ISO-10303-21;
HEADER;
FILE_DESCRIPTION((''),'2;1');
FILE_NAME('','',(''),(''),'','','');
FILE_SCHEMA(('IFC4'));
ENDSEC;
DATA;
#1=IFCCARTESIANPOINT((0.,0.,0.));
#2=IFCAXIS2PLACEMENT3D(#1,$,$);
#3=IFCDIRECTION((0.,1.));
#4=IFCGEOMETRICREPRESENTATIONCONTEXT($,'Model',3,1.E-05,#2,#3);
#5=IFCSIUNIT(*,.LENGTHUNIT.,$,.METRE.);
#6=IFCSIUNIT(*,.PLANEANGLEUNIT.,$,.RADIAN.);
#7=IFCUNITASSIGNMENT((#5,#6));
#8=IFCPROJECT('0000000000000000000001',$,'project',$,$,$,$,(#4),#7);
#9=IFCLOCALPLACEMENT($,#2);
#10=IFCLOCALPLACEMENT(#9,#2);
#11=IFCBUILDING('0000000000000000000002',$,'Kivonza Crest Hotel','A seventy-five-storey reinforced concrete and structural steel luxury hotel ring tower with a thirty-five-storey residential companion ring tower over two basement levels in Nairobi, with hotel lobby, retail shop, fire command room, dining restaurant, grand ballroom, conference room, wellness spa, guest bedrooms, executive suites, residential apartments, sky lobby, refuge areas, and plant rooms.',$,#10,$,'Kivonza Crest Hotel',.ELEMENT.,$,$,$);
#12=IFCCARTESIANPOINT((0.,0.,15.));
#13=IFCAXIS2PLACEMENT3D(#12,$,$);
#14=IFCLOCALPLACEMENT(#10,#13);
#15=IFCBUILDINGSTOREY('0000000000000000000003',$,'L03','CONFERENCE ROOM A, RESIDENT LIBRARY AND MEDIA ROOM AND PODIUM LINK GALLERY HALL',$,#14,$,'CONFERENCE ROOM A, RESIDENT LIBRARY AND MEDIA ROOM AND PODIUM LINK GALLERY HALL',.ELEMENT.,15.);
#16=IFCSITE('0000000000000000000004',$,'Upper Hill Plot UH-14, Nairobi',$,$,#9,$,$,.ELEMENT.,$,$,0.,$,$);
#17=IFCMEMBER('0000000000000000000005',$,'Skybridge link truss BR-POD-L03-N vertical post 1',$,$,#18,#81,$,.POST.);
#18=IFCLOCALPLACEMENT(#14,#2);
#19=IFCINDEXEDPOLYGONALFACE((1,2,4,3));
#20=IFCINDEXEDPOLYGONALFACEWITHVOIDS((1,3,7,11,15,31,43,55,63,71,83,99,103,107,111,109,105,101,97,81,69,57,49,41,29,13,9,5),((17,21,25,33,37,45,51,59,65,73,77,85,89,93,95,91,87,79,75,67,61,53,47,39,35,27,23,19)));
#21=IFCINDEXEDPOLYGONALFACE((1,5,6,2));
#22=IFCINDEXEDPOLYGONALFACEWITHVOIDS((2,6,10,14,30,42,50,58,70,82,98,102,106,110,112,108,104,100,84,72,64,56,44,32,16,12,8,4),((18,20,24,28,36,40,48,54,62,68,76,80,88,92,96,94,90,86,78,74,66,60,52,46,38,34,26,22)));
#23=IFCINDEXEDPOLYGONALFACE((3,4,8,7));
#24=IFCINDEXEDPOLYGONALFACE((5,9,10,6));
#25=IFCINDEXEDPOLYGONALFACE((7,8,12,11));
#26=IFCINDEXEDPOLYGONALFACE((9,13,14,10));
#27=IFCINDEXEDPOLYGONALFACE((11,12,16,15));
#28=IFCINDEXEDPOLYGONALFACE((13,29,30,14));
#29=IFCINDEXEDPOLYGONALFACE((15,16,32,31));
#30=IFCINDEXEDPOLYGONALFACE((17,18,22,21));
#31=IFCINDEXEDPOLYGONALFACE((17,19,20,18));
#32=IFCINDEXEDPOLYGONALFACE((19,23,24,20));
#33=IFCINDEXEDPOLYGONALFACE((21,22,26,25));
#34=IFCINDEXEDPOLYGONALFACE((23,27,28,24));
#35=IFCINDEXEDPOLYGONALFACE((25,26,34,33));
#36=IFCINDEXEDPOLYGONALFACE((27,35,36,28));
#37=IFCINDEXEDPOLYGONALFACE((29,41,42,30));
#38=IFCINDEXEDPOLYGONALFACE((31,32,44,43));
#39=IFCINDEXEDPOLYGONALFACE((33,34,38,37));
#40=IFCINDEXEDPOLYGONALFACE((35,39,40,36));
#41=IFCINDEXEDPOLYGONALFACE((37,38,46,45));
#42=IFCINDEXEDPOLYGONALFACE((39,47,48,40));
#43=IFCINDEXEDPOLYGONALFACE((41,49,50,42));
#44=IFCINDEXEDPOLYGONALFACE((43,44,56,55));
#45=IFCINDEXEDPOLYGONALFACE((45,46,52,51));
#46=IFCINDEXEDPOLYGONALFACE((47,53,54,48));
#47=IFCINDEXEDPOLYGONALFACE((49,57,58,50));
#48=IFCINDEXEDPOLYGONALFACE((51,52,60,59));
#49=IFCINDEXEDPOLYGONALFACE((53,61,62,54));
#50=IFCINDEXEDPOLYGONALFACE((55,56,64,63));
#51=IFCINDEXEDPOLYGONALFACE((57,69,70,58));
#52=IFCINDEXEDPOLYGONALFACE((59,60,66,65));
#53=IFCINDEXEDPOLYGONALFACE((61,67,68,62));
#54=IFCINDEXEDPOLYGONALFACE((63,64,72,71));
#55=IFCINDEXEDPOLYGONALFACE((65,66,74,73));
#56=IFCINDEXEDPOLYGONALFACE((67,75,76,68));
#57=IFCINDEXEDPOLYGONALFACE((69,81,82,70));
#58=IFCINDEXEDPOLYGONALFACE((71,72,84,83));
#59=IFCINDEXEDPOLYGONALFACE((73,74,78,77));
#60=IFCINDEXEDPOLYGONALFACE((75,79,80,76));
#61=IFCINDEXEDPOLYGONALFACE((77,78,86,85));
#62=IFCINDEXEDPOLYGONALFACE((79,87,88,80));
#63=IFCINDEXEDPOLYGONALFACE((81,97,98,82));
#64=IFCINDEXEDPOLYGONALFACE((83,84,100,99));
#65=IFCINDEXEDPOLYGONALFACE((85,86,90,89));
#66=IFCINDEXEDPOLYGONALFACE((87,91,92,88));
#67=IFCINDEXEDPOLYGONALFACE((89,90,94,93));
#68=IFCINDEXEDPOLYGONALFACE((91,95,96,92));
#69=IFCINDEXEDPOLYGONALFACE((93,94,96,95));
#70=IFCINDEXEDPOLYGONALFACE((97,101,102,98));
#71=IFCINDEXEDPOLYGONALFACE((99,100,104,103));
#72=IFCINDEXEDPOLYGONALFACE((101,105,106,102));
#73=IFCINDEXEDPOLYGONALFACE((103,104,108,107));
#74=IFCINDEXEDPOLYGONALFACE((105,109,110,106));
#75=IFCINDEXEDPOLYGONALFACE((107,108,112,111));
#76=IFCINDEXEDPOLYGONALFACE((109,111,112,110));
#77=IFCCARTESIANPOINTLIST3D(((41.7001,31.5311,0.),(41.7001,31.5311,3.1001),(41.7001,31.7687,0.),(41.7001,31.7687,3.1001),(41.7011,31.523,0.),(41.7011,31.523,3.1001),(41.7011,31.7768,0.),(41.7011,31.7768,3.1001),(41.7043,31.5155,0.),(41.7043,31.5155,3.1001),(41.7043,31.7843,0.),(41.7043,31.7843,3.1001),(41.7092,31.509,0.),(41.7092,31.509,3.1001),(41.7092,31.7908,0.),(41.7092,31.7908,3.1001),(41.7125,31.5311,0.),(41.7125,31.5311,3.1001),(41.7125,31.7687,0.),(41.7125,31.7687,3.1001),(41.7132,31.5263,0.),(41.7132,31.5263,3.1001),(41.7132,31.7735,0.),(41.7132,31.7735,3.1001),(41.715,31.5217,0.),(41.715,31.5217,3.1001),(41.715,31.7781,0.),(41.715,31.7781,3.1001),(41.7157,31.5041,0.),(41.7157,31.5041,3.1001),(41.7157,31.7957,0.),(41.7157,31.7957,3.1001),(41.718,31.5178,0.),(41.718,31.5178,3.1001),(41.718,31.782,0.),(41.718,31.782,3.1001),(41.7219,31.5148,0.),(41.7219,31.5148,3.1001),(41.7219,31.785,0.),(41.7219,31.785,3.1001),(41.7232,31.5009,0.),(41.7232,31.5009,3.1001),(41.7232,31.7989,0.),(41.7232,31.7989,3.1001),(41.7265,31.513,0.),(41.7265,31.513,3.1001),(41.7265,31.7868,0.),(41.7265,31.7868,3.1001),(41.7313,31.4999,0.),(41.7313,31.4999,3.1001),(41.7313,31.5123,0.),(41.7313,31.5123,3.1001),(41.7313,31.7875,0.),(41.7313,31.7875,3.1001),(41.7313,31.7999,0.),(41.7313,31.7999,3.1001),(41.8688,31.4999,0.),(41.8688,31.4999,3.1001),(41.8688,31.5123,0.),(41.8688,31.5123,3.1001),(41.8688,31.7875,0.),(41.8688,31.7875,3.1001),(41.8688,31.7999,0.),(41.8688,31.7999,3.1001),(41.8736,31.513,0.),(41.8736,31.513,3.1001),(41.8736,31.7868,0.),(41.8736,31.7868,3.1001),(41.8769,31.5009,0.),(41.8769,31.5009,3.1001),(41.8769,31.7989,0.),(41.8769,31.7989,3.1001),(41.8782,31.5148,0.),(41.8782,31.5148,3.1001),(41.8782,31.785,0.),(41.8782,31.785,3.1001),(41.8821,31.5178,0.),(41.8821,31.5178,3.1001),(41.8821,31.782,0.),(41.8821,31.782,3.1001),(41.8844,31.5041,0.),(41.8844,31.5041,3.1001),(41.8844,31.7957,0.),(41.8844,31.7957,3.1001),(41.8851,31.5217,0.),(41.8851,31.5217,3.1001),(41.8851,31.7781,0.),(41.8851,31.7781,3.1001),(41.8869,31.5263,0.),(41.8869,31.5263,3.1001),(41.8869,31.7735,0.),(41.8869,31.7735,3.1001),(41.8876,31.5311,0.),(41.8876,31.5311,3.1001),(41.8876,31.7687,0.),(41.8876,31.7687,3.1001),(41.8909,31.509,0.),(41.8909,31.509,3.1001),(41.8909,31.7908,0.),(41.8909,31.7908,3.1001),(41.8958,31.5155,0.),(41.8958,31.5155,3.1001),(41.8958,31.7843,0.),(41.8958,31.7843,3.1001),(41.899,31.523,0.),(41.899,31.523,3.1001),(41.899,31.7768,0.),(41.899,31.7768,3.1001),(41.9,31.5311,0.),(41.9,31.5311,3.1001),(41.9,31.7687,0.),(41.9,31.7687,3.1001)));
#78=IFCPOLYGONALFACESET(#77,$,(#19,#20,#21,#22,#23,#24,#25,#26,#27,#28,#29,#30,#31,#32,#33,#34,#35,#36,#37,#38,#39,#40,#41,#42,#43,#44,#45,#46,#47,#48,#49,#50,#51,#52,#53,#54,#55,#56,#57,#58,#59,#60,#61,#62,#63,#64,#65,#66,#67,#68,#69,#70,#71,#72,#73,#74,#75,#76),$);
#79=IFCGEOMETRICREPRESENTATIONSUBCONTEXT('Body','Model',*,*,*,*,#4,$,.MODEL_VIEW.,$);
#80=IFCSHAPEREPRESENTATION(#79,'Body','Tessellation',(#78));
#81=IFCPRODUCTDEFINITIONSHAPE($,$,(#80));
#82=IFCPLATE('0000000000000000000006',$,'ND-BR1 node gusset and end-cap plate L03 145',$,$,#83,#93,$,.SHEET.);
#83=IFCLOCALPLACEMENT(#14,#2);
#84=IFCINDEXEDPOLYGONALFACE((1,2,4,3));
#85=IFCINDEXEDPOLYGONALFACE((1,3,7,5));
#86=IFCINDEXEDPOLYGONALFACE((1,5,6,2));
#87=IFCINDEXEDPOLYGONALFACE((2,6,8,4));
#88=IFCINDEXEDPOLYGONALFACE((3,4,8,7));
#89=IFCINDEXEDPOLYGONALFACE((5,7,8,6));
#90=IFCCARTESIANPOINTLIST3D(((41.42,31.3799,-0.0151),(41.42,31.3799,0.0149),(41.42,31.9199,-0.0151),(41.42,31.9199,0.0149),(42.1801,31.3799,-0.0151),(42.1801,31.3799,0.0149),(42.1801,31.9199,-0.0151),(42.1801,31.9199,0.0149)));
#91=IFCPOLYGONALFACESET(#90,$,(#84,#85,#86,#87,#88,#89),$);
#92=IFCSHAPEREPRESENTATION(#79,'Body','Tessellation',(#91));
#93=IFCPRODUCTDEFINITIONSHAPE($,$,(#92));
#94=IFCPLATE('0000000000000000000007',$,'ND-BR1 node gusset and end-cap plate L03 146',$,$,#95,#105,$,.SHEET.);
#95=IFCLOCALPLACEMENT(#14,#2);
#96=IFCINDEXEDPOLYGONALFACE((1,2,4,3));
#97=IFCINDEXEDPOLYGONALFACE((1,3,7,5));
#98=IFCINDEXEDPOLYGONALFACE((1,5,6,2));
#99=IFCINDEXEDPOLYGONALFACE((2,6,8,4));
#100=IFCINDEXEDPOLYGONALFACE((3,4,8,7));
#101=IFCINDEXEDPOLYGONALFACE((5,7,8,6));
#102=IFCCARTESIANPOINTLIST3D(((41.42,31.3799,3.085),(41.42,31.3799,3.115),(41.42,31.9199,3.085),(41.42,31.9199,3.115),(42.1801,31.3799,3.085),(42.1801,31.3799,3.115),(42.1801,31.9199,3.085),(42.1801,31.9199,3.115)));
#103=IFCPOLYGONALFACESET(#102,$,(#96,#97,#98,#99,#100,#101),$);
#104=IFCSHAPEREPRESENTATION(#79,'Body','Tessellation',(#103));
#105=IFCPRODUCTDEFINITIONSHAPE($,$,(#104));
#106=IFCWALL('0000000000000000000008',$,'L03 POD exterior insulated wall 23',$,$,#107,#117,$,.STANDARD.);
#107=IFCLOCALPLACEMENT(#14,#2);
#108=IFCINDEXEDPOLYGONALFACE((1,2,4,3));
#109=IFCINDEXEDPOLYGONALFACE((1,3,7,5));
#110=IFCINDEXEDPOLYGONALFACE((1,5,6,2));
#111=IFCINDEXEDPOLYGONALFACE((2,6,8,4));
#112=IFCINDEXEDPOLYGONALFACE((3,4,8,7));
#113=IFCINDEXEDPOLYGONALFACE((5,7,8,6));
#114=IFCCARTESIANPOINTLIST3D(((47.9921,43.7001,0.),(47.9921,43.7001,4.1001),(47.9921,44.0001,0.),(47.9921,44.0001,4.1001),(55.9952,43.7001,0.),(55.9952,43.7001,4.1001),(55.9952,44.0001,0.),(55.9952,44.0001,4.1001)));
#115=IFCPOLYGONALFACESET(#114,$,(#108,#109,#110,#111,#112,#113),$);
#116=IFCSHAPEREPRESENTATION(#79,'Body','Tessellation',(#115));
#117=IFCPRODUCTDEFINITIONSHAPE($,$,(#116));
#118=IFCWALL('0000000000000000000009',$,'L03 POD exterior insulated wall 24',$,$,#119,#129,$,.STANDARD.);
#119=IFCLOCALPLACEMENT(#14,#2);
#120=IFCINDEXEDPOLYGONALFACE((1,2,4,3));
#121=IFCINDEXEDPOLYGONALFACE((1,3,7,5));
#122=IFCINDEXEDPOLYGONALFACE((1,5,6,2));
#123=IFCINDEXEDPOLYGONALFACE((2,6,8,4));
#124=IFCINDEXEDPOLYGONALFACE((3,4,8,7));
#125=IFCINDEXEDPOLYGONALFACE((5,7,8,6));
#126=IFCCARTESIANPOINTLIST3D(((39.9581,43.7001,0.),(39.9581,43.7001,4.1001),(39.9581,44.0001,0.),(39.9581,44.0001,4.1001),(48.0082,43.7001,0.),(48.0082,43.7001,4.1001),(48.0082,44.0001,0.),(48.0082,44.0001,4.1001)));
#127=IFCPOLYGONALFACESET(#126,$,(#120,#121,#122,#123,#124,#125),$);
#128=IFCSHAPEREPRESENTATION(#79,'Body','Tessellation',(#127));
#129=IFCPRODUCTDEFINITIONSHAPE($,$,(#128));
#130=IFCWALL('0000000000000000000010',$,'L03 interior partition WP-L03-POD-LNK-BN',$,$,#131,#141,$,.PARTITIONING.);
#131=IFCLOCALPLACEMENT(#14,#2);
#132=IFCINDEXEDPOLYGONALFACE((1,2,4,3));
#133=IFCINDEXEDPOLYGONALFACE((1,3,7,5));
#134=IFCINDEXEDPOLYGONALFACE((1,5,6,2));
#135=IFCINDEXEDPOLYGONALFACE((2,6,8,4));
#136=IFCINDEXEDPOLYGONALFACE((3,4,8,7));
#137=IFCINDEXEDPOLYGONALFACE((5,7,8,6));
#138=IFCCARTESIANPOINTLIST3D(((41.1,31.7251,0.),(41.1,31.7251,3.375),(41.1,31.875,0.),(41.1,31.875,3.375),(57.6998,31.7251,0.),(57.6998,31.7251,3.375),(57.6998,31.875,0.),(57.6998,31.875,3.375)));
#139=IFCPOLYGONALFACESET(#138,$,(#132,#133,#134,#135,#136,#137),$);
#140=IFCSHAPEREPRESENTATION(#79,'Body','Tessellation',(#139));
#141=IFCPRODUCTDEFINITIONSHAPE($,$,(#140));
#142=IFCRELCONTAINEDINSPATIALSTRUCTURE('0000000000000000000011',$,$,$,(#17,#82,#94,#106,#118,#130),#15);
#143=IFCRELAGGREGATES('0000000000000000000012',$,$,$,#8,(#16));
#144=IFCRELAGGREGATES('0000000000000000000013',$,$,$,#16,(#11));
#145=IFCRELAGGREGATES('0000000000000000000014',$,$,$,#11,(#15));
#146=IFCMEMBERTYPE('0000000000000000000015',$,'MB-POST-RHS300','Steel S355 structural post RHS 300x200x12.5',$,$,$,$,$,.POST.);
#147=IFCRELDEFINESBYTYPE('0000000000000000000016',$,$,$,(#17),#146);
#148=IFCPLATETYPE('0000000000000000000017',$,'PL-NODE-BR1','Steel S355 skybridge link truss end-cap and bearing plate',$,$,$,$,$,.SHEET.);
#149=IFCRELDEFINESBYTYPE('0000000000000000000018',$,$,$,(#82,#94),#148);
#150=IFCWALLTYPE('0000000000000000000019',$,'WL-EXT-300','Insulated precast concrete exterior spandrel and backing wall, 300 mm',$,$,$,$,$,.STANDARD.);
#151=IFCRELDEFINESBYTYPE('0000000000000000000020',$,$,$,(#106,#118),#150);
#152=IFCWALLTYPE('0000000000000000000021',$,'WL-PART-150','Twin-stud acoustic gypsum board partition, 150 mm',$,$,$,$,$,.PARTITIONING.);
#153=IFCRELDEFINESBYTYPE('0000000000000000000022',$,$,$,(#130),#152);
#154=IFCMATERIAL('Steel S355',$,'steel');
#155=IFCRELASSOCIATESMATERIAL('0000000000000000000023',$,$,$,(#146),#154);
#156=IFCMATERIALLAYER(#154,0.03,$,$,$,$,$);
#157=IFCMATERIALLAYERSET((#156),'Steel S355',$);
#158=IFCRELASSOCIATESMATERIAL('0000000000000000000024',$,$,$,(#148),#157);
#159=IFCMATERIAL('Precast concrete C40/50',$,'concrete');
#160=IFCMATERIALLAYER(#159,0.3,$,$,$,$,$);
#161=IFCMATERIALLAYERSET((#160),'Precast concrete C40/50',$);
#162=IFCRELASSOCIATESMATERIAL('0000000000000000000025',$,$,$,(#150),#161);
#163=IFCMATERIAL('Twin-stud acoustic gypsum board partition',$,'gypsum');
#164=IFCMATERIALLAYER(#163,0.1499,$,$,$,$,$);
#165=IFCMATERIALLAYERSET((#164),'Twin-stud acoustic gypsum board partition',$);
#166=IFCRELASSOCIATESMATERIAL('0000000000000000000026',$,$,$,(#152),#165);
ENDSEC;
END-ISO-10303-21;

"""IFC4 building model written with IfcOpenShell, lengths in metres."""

from ifc_helpers import new_model, si_unit, direction, frame, frame_2d, origin, origin_2d, place, context, subcontext, project, spatial, rectangle, hollow_rectangle, extrude, material, layer, layer_set, material_profile, profile_set, type_object, element, save


model = new_model("IFC4")

# Units and contexts
model_context = context("Model", 3, precision=1e-05, world=origin(), true_north=direction((0.0, 1.0)))
body_context = subcontext(model_context, "Body", "Model", "MODEL_VIEW")
ifc_project = project(units=[si_unit("LENGTHUNIT", "METRE"), si_unit("PLANEANGLEUNIT", "RADIAN")], contexts=[model_context])

# Site, building, storey
site_placement = place(None, origin())
site = spatial("IfcSite", under=ifc_project, at=site_placement, Name="Upper Hill Plot UH-14, Nairobi", CompositionType="ELEMENT", RefElevation=0.0)
building_placement = place(site_placement, origin())
building = spatial("IfcBuilding", under=site, at=building_placement, Name="Kivonza Crest Hotel", Description="A seventy-five-storey reinforced concrete and structural steel luxury hotel ring tower with a thirty-five-storey residential companion ring tower over two basement levels in Nairobi, with hotel lobby, retail shop, fire command room, dining restaurant, grand ballroom, conference room, wellness spa, guest bedrooms, executive suites, residential apartments, sky lobby, refuge areas, and plant rooms.", LongName="Kivonza Crest Hotel", CompositionType="ELEMENT")
storey_placement = place(building_placement, frame((0.0, 0.0, 15.0)))
storey = spatial("IfcBuildingStorey", under=building, at=storey_placement, Name="L03", Description="CONFERENCE ROOM A, RESIDENT LIBRARY AND MEDIA ROOM AND PODIUM LINK GALLERY HALL", LongName="CONFERENCE ROOM A, RESIDENT LIBRARY AND MEDIA ROOM AND PODIUM LINK GALLERY HALL", CompositionType="ELEMENT", Elevation=15.0)

# Shared definitions
ifc_material_1 = material(Name="Steel S355", Category="steel")

# Member
ifc_material_profile_1 = material_profile(ifc_material_1, hollow_rectangle(XDim=0.2, YDim=0.3, WallThickness=0.0125, InnerFilletRadius=0.0188, OuterFilletRadius=0.0312, at=origin_2d()), Name="RHS 300x200x12.5")
ifc_profile_set_1 = profile_set([ifc_material_profile_1], Name="Steel S355")
member_type_1 = type_object("IfcMemberType", Name="MB-POST-RHS300", Description="Steel S355 structural post RHS 300x200x12.5", PredefinedType="POST", material=ifc_profile_set_1)
member_1_placement = place(storey_placement, frame((41.8, 31.6499, 0.0), z_axis=(0.0, 0.0, 1.0), x_axis=(1.0, 0.0, 0.0)))
element("IfcMember", 1, at=member_1_placement, inside=storey, type_object=member_type_1, Name="Skybridge link truss BR-POD-L03-N vertical post 1", PredefinedType="POST", context=body_context, shape_type="SweptSolid", body=[
    extrude(hollow_rectangle(XDim=0.2, YDim=0.3, WallThickness=0.0125, InnerFilletRadius=0.0188, OuterFilletRadius=0.0312, at=origin_2d()), origin(), (0.0, 0.0, 1.0), 3.1001),
])

# Plates
ifc_layer_1 = layer(ifc_material_1, 0.03)
ifc_layer_set_1 = layer_set([ifc_layer_1], Name="Steel S355")
plate_type = type_object("IfcPlateType", Name="PL-NODE-BR1", Description="Steel S355 skybridge link truss end-cap and bearing plate", PredefinedType="SHEET", material=ifc_layer_set_1)
for number, where, z_axis, x_axis, name in (
    (2, (41.8, 31.6499, -0.0151), (0.0, 0.0, 1.0), (1.0, 0.0, 0.0), "ND-BR1 node gusset and end-cap plate L03 145"),
    (3, (41.8, 31.6499, 3.085), (0.0, 0.0, 1.0), (1.0, 0.0, 0.0), "ND-BR1 node gusset and end-cap plate L03 146"),
):
    element("IfcPlate", number, at=place(storey_placement, frame(where, z_axis=z_axis, x_axis=x_axis)), inside=storey, type_object=plate_type, Name=name, PredefinedType="SHEET", context=body_context, shape_type="SweptSolid", body=[
        extrude(rectangle(XDim=0.76, YDim=0.54, at=origin_2d()), origin(), (0.0, 0.0, 1.0), 0.03),
    ])

# Walls
ifc_material_2 = material(Name="Precast concrete C40/50", Category="concrete")
ifc_layer_2 = layer(ifc_material_2, 0.3)
ifc_layer_set_2 = layer_set([ifc_layer_2], Name="Precast concrete C40/50")
wall_type_1 = type_object("IfcWallType", Name="WL-EXT-300", Description="Insulated precast concrete exterior spandrel and backing wall, 300 mm", PredefinedType="STANDARD", material=ifc_layer_set_2)
wall_1_placement = place(storey_placement, frame((55.9951, 43.8501, 0.0), z_axis=(0.0, 0.0, 1.0), x_axis=(-1.0, 0.0, 0.0)))
element("IfcWall", 4, at=wall_1_placement, inside=storey, type_object=wall_type_1, Name="L03 POD exterior insulated wall 23", PredefinedType="STANDARD", context=body_context, shape_type="SweptSolid", body=[
    extrude(rectangle(XDim=8.0032, YDim=0.3, at=frame_2d((4.0015, 0.0))), origin(), (0.0, 0.0, 1.0), 4.1001),
])
wall_2_placement = place(storey_placement, frame((48.0081, 43.8501, 0.0), z_axis=(0.0, 0.0, 1.0), x_axis=(-1.0, 0.0, 0.0)))
element("IfcWall", 5, at=wall_2_placement, inside=storey, type_object=wall_type_1, Name="L03 POD exterior insulated wall 24", PredefinedType="STANDARD", context=body_context, shape_type="SweptSolid", body=[
    extrude(rectangle(XDim=8.05, YDim=0.3, at=frame_2d((4.0249, 0.0))), origin(), (0.0, 0.0, 1.0), 4.1001),
])
ifc_material_3 = material(Name="Twin-stud acoustic gypsum board partition", Category="gypsum")
ifc_layer_3 = layer(ifc_material_3, 0.1499)
ifc_layer_set_3 = layer_set([ifc_layer_3], Name="Twin-stud acoustic gypsum board partition")
wall_type_2 = type_object("IfcWallType", Name="WL-PART-150", Description="Twin-stud acoustic gypsum board partition, 150 mm", PredefinedType="PARTITIONING", material=ifc_layer_set_3)
wall_3_placement = place(storey_placement, frame((41.1001, 31.8, 0.0), z_axis=(0.0, 0.0, 1.0), x_axis=(1.0, 0.0, 0.0)))
element("IfcWall", 6, at=wall_3_placement, inside=storey, type_object=wall_type_2, Name="L03 interior partition WP-L03-POD-LNK-BN", PredefinedType="PARTITIONING", context=body_context, shape_type="SweptSolid", body=[
    extrude(rectangle(XDim=16.5999, YDim=0.1499, at=frame_2d((8.2998, 0.0))), origin(), (0.0, 0.0, 1.0), 3.375),
])

save(model, "model.ifc")
